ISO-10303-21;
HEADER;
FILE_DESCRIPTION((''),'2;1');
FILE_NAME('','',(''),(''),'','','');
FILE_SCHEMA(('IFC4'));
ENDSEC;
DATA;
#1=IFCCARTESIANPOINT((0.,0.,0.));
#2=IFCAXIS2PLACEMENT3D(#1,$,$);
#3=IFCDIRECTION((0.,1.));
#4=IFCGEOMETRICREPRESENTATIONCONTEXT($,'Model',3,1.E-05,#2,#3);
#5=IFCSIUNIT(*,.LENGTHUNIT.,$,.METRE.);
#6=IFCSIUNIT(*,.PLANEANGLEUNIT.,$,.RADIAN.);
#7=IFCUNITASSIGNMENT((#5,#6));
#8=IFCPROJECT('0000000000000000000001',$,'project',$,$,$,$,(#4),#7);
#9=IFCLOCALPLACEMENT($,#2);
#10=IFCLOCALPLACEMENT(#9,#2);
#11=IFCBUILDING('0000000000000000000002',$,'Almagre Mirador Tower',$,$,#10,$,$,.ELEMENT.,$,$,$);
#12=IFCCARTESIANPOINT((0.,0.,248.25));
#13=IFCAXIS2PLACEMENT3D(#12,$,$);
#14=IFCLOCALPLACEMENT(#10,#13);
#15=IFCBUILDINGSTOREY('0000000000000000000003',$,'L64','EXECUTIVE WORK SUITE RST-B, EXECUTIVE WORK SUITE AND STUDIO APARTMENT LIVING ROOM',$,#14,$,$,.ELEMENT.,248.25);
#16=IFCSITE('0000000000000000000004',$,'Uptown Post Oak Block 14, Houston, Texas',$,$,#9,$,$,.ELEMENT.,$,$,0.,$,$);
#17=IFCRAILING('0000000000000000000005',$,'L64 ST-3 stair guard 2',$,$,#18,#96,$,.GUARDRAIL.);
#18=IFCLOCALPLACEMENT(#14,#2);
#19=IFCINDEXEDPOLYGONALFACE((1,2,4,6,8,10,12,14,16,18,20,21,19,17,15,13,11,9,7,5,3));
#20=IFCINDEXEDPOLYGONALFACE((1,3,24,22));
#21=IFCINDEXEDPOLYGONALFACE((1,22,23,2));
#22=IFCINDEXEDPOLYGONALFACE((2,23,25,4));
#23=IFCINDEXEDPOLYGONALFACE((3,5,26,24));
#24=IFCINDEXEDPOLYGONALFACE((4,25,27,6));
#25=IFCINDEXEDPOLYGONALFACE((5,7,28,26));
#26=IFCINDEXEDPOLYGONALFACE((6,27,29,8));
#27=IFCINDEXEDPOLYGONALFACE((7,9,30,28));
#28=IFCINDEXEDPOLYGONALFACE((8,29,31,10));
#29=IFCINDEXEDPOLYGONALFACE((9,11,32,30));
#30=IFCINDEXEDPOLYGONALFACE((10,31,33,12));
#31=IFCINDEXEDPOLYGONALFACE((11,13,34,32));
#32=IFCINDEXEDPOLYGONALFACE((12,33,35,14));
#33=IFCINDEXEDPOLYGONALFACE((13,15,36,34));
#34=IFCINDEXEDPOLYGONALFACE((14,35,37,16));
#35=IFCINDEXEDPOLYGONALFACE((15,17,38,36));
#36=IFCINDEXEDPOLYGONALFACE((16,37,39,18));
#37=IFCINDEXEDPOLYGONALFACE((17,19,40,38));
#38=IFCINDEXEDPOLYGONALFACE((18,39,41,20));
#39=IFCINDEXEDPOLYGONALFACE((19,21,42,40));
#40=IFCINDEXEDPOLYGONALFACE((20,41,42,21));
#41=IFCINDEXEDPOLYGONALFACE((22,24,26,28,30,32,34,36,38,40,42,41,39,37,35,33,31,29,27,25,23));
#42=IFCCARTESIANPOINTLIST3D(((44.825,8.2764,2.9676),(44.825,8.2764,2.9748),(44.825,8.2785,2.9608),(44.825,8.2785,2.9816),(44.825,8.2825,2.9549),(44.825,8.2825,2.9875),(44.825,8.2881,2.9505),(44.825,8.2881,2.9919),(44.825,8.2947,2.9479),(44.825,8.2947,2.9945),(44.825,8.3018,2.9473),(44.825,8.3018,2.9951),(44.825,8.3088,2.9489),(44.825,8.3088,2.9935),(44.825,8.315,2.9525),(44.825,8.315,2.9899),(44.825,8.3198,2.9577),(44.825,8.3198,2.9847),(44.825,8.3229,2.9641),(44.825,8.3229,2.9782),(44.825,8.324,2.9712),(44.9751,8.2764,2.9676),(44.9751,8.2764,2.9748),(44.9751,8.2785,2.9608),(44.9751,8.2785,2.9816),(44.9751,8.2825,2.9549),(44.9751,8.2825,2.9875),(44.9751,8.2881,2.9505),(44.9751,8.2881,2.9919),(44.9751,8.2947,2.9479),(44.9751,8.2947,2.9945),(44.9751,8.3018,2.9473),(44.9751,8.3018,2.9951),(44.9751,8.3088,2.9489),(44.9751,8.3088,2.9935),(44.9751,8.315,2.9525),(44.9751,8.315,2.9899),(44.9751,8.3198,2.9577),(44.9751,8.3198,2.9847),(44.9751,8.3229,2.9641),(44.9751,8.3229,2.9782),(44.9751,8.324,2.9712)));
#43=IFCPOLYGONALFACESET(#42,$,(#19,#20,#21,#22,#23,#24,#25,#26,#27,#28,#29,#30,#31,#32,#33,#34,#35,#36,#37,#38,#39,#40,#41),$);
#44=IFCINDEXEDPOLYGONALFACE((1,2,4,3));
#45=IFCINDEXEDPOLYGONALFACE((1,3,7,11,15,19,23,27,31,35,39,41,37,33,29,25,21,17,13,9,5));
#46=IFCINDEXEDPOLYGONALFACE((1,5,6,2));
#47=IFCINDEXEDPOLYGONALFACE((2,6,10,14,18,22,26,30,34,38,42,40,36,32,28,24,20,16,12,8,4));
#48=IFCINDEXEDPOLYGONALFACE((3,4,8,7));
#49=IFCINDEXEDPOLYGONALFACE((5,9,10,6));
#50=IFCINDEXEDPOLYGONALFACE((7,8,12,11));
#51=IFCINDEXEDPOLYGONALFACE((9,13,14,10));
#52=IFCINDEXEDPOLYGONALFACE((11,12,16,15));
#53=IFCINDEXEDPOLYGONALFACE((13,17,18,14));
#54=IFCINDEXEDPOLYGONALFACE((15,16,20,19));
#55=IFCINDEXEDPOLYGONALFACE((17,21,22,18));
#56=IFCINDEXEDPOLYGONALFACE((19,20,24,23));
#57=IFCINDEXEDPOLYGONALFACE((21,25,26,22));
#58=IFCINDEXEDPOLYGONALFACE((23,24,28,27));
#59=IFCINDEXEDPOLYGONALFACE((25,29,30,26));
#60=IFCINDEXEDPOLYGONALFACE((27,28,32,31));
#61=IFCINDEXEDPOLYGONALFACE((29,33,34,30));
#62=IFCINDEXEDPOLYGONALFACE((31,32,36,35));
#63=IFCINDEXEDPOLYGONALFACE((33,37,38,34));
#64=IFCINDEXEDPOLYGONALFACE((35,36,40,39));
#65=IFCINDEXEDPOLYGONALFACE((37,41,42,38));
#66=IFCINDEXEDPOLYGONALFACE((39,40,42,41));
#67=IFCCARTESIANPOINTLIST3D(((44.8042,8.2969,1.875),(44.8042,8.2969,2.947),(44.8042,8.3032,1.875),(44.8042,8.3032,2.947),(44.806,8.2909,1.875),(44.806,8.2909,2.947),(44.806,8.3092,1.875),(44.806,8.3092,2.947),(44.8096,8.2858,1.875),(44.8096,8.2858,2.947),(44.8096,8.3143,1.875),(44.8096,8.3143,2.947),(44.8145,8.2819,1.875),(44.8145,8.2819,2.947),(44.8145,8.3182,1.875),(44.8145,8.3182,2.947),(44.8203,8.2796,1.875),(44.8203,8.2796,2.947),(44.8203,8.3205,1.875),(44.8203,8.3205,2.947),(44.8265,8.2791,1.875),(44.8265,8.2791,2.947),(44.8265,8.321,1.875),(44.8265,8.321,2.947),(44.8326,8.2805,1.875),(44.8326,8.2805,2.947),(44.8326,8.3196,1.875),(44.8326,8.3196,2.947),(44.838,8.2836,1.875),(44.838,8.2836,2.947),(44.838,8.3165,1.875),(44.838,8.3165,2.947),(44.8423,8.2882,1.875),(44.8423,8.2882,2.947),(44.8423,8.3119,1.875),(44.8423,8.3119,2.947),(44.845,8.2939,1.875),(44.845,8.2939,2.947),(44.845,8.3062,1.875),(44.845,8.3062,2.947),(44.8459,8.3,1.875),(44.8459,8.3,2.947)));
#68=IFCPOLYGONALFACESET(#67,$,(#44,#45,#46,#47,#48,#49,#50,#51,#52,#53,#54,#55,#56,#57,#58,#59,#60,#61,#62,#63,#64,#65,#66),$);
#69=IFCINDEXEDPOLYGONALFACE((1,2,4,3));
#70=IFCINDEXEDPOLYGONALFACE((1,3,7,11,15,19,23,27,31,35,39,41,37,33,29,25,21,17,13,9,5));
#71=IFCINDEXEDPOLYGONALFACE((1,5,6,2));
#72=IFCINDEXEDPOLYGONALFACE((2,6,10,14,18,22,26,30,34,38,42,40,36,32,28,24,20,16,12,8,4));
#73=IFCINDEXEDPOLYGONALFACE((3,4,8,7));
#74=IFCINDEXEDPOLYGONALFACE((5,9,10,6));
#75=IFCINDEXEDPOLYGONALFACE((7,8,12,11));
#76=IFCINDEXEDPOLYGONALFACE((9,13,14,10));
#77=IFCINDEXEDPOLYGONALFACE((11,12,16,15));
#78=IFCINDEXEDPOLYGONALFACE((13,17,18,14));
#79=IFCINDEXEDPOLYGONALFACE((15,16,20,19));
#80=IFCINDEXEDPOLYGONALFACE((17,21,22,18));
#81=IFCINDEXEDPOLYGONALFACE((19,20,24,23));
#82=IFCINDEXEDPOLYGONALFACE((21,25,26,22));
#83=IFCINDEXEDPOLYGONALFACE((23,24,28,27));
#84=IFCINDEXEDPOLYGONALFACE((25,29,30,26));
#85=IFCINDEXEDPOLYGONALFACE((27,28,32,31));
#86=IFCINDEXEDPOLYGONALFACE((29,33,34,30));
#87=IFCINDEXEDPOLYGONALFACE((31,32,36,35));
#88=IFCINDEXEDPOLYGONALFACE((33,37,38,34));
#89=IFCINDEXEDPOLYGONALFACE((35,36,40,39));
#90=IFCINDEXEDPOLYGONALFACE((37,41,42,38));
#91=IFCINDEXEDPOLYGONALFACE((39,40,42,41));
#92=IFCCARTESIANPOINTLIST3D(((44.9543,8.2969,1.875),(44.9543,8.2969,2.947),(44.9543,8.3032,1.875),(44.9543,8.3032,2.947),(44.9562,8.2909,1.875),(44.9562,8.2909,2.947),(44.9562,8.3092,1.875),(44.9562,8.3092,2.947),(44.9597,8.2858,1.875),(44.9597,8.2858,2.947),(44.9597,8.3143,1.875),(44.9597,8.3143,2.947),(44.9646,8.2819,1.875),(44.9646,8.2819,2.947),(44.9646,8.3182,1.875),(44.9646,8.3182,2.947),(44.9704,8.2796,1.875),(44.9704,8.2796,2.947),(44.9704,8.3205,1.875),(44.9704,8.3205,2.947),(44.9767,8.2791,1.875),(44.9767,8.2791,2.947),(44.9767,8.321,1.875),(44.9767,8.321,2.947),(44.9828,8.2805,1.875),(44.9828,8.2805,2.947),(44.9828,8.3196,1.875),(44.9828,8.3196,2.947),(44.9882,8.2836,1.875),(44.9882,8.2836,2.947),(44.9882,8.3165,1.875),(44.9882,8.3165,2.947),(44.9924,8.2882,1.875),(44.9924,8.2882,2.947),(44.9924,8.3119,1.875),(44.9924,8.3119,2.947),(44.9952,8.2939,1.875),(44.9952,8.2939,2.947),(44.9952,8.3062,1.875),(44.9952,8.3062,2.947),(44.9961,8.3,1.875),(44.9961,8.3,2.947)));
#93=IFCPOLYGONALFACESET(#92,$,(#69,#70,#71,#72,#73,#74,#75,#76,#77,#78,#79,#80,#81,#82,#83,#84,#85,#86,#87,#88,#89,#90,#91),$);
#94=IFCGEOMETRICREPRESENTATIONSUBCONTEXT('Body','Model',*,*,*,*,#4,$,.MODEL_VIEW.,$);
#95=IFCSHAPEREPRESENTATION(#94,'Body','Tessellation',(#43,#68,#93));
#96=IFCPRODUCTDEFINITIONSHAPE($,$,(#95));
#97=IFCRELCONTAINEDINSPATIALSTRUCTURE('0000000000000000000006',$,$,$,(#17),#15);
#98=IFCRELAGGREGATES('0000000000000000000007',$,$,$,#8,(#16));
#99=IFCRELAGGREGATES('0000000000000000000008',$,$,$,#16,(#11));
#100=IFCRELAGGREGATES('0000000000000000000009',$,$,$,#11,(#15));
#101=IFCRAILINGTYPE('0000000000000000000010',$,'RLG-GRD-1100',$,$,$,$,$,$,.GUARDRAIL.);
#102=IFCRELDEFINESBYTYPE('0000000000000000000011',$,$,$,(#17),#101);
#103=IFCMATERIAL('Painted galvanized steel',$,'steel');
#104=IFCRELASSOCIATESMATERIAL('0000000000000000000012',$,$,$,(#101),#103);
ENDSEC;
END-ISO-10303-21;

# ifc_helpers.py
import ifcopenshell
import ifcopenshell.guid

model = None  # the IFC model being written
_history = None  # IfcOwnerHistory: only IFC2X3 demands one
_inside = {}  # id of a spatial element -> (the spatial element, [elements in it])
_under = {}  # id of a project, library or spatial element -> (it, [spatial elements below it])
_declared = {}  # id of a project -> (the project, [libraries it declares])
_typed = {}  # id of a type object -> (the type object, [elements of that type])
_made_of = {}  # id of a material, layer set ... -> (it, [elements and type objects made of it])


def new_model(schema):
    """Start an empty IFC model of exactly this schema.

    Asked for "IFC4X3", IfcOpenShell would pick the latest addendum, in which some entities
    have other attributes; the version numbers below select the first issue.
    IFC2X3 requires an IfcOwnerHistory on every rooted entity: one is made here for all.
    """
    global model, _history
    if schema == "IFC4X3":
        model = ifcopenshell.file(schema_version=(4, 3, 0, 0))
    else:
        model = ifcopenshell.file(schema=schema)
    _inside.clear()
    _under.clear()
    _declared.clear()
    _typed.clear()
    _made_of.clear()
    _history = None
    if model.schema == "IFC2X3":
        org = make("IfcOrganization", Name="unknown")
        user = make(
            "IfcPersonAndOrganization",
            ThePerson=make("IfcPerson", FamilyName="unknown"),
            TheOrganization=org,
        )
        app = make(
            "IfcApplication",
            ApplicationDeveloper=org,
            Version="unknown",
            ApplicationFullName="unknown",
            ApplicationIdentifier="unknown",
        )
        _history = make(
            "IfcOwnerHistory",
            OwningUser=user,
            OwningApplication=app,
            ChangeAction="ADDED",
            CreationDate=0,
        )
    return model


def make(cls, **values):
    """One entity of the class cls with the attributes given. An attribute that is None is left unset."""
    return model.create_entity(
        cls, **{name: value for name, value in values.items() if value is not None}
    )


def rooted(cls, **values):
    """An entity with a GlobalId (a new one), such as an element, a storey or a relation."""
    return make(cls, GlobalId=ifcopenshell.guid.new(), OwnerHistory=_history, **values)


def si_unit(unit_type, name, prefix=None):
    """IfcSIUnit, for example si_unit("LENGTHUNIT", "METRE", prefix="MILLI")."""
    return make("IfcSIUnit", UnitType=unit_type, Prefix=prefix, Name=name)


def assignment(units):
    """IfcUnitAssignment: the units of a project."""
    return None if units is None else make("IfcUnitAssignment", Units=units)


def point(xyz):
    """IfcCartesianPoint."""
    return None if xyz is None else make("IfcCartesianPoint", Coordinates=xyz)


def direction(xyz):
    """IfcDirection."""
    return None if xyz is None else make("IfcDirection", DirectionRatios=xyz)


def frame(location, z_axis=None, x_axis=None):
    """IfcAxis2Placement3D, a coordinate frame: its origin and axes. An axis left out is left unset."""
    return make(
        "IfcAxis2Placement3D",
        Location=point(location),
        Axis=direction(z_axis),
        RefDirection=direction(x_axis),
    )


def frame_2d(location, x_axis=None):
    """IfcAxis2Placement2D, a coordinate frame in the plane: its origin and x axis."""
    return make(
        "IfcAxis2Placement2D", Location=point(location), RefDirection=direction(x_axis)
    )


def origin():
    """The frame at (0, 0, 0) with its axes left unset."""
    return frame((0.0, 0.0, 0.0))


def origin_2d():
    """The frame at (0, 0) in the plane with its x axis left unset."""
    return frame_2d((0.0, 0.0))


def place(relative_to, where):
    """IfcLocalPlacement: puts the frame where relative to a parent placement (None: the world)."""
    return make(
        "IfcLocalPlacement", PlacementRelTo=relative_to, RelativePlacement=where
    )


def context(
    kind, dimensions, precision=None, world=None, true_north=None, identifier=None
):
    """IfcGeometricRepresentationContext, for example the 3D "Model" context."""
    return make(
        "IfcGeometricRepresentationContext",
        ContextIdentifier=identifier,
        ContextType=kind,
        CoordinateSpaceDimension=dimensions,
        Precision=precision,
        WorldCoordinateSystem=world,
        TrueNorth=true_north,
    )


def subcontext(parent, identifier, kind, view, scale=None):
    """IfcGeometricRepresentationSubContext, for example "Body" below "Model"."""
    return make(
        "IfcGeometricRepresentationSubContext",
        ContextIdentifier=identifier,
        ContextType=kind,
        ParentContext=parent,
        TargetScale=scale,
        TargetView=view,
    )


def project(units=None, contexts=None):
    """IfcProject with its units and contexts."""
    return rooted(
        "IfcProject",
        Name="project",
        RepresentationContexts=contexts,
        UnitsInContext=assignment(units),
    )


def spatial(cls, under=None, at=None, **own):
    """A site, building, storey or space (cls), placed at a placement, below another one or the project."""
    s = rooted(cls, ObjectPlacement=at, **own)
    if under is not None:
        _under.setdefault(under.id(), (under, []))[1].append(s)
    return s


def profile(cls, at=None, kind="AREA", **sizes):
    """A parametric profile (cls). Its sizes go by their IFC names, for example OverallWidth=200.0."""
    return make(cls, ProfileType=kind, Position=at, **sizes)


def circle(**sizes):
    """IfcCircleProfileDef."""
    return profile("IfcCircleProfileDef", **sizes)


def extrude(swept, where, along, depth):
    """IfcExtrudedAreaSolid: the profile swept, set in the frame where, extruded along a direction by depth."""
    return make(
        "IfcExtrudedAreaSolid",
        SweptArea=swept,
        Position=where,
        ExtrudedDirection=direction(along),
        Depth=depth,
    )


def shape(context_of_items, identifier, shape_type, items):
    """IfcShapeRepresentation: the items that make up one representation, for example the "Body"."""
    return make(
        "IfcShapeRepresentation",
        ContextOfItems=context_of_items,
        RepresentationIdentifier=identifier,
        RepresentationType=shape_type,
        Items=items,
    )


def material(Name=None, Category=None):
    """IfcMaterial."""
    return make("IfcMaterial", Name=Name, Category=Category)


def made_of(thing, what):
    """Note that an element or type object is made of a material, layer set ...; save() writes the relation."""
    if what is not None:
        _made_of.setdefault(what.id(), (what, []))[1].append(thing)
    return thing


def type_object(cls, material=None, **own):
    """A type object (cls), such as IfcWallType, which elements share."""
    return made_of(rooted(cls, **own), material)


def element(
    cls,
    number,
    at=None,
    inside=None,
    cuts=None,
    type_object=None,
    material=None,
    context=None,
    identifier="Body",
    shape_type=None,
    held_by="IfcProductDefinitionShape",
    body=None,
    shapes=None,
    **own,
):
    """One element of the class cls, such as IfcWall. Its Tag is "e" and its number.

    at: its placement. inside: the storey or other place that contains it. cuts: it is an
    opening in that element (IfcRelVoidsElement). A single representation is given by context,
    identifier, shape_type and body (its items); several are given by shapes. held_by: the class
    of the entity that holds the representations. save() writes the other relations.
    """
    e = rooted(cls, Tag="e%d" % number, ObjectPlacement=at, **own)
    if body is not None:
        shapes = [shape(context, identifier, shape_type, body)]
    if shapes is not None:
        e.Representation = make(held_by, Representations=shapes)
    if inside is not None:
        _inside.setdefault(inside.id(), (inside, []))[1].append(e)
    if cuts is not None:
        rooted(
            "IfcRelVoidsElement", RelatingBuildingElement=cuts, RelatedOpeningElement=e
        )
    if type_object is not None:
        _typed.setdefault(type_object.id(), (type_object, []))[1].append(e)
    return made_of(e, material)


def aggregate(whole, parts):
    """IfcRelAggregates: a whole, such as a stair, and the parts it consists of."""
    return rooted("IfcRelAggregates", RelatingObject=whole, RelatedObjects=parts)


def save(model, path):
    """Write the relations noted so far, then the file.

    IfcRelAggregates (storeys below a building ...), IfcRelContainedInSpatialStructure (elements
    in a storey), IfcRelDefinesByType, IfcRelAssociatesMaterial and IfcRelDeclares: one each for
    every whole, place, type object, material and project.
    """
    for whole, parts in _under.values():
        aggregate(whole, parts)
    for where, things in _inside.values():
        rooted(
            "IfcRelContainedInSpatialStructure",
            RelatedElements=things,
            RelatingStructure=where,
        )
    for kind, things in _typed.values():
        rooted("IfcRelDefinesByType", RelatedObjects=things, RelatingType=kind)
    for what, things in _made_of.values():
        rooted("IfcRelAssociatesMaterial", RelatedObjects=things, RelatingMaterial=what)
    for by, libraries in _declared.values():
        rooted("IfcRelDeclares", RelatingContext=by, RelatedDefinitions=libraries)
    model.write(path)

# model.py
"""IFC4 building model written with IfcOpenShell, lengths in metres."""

from ifc_helpers import new_model, si_unit, direction, frame, origin, origin_2d, place, context, subcontext, project, spatial, circle, extrude, material, type_object, element, save


model = new_model("IFC4")

# Units and contexts
model_context = context("Model", 3, precision=1e-05, world=origin(), true_north=direction((0.0, 1.0)))
body_context = subcontext(model_context, "Body", "Model", "MODEL_VIEW")
ifc_project = project(units=[si_unit("LENGTHUNIT", "METRE"), si_unit("PLANEANGLEUNIT", "RADIAN")], contexts=[model_context])

# Site, building, storey
site_placement = place(None, origin())
site = spatial("IfcSite", under=ifc_project, at=site_placement, Name="Uptown Post Oak Block 14, Houston, Texas", CompositionType="ELEMENT", RefElevation=0.0)
building_placement = place(site_placement, origin())
building = spatial("IfcBuilding", under=site, at=building_placement, Name="Almagre Mirador Tower", CompositionType="ELEMENT")
storey_placement = place(building_placement, frame((0.0, 0.0, 248.25)))
storey = spatial("IfcBuildingStorey", under=building, at=storey_placement, Name="L64", Description="EXECUTIVE WORK SUITE RST-B, EXECUTIVE WORK SUITE AND STUDIO APARTMENT LIVING ROOM", CompositionType="ELEMENT", Elevation=248.25)

# Railing
ifc_material_1 = material(Name="Painted galvanized steel", Category="steel")
railing_type_1 = type_object("IfcRailingType", Name="RLG-GRD-1100", PredefinedType="GUARDRAIL", material=ifc_material_1)
railing_1_placement = place(storey_placement, frame((44.825, 8.3, 1.875)))
element("IfcRailing", 1, at=railing_1_placement, inside=storey, type_object=railing_type_1, Name="L64 ST-3 stair guard 2", PredefinedType="GUARDRAIL", context=body_context, shape_type="SweptSolid", body=[
    extrude(circle(Radius=0.0239, at=origin_2d()), frame((0.0, 0.0, 1.0962), z_axis=(1.0, 0.0, 0.0), x_axis=(0.0, 1.0, 0.0)), (0.0, 0.0, 1.0), 0.1501),
    extrude(circle(Radius=0.021, at=origin_2d()), origin(), (0.0, 0.0, 1.0), 1.072),
    extrude(circle(Radius=0.021, at=origin_2d()), frame((0.1501, 0.0, 0.0)), (0.0, 0.0, 1.0), 1.072),
])

save(model, "model.ifc")
